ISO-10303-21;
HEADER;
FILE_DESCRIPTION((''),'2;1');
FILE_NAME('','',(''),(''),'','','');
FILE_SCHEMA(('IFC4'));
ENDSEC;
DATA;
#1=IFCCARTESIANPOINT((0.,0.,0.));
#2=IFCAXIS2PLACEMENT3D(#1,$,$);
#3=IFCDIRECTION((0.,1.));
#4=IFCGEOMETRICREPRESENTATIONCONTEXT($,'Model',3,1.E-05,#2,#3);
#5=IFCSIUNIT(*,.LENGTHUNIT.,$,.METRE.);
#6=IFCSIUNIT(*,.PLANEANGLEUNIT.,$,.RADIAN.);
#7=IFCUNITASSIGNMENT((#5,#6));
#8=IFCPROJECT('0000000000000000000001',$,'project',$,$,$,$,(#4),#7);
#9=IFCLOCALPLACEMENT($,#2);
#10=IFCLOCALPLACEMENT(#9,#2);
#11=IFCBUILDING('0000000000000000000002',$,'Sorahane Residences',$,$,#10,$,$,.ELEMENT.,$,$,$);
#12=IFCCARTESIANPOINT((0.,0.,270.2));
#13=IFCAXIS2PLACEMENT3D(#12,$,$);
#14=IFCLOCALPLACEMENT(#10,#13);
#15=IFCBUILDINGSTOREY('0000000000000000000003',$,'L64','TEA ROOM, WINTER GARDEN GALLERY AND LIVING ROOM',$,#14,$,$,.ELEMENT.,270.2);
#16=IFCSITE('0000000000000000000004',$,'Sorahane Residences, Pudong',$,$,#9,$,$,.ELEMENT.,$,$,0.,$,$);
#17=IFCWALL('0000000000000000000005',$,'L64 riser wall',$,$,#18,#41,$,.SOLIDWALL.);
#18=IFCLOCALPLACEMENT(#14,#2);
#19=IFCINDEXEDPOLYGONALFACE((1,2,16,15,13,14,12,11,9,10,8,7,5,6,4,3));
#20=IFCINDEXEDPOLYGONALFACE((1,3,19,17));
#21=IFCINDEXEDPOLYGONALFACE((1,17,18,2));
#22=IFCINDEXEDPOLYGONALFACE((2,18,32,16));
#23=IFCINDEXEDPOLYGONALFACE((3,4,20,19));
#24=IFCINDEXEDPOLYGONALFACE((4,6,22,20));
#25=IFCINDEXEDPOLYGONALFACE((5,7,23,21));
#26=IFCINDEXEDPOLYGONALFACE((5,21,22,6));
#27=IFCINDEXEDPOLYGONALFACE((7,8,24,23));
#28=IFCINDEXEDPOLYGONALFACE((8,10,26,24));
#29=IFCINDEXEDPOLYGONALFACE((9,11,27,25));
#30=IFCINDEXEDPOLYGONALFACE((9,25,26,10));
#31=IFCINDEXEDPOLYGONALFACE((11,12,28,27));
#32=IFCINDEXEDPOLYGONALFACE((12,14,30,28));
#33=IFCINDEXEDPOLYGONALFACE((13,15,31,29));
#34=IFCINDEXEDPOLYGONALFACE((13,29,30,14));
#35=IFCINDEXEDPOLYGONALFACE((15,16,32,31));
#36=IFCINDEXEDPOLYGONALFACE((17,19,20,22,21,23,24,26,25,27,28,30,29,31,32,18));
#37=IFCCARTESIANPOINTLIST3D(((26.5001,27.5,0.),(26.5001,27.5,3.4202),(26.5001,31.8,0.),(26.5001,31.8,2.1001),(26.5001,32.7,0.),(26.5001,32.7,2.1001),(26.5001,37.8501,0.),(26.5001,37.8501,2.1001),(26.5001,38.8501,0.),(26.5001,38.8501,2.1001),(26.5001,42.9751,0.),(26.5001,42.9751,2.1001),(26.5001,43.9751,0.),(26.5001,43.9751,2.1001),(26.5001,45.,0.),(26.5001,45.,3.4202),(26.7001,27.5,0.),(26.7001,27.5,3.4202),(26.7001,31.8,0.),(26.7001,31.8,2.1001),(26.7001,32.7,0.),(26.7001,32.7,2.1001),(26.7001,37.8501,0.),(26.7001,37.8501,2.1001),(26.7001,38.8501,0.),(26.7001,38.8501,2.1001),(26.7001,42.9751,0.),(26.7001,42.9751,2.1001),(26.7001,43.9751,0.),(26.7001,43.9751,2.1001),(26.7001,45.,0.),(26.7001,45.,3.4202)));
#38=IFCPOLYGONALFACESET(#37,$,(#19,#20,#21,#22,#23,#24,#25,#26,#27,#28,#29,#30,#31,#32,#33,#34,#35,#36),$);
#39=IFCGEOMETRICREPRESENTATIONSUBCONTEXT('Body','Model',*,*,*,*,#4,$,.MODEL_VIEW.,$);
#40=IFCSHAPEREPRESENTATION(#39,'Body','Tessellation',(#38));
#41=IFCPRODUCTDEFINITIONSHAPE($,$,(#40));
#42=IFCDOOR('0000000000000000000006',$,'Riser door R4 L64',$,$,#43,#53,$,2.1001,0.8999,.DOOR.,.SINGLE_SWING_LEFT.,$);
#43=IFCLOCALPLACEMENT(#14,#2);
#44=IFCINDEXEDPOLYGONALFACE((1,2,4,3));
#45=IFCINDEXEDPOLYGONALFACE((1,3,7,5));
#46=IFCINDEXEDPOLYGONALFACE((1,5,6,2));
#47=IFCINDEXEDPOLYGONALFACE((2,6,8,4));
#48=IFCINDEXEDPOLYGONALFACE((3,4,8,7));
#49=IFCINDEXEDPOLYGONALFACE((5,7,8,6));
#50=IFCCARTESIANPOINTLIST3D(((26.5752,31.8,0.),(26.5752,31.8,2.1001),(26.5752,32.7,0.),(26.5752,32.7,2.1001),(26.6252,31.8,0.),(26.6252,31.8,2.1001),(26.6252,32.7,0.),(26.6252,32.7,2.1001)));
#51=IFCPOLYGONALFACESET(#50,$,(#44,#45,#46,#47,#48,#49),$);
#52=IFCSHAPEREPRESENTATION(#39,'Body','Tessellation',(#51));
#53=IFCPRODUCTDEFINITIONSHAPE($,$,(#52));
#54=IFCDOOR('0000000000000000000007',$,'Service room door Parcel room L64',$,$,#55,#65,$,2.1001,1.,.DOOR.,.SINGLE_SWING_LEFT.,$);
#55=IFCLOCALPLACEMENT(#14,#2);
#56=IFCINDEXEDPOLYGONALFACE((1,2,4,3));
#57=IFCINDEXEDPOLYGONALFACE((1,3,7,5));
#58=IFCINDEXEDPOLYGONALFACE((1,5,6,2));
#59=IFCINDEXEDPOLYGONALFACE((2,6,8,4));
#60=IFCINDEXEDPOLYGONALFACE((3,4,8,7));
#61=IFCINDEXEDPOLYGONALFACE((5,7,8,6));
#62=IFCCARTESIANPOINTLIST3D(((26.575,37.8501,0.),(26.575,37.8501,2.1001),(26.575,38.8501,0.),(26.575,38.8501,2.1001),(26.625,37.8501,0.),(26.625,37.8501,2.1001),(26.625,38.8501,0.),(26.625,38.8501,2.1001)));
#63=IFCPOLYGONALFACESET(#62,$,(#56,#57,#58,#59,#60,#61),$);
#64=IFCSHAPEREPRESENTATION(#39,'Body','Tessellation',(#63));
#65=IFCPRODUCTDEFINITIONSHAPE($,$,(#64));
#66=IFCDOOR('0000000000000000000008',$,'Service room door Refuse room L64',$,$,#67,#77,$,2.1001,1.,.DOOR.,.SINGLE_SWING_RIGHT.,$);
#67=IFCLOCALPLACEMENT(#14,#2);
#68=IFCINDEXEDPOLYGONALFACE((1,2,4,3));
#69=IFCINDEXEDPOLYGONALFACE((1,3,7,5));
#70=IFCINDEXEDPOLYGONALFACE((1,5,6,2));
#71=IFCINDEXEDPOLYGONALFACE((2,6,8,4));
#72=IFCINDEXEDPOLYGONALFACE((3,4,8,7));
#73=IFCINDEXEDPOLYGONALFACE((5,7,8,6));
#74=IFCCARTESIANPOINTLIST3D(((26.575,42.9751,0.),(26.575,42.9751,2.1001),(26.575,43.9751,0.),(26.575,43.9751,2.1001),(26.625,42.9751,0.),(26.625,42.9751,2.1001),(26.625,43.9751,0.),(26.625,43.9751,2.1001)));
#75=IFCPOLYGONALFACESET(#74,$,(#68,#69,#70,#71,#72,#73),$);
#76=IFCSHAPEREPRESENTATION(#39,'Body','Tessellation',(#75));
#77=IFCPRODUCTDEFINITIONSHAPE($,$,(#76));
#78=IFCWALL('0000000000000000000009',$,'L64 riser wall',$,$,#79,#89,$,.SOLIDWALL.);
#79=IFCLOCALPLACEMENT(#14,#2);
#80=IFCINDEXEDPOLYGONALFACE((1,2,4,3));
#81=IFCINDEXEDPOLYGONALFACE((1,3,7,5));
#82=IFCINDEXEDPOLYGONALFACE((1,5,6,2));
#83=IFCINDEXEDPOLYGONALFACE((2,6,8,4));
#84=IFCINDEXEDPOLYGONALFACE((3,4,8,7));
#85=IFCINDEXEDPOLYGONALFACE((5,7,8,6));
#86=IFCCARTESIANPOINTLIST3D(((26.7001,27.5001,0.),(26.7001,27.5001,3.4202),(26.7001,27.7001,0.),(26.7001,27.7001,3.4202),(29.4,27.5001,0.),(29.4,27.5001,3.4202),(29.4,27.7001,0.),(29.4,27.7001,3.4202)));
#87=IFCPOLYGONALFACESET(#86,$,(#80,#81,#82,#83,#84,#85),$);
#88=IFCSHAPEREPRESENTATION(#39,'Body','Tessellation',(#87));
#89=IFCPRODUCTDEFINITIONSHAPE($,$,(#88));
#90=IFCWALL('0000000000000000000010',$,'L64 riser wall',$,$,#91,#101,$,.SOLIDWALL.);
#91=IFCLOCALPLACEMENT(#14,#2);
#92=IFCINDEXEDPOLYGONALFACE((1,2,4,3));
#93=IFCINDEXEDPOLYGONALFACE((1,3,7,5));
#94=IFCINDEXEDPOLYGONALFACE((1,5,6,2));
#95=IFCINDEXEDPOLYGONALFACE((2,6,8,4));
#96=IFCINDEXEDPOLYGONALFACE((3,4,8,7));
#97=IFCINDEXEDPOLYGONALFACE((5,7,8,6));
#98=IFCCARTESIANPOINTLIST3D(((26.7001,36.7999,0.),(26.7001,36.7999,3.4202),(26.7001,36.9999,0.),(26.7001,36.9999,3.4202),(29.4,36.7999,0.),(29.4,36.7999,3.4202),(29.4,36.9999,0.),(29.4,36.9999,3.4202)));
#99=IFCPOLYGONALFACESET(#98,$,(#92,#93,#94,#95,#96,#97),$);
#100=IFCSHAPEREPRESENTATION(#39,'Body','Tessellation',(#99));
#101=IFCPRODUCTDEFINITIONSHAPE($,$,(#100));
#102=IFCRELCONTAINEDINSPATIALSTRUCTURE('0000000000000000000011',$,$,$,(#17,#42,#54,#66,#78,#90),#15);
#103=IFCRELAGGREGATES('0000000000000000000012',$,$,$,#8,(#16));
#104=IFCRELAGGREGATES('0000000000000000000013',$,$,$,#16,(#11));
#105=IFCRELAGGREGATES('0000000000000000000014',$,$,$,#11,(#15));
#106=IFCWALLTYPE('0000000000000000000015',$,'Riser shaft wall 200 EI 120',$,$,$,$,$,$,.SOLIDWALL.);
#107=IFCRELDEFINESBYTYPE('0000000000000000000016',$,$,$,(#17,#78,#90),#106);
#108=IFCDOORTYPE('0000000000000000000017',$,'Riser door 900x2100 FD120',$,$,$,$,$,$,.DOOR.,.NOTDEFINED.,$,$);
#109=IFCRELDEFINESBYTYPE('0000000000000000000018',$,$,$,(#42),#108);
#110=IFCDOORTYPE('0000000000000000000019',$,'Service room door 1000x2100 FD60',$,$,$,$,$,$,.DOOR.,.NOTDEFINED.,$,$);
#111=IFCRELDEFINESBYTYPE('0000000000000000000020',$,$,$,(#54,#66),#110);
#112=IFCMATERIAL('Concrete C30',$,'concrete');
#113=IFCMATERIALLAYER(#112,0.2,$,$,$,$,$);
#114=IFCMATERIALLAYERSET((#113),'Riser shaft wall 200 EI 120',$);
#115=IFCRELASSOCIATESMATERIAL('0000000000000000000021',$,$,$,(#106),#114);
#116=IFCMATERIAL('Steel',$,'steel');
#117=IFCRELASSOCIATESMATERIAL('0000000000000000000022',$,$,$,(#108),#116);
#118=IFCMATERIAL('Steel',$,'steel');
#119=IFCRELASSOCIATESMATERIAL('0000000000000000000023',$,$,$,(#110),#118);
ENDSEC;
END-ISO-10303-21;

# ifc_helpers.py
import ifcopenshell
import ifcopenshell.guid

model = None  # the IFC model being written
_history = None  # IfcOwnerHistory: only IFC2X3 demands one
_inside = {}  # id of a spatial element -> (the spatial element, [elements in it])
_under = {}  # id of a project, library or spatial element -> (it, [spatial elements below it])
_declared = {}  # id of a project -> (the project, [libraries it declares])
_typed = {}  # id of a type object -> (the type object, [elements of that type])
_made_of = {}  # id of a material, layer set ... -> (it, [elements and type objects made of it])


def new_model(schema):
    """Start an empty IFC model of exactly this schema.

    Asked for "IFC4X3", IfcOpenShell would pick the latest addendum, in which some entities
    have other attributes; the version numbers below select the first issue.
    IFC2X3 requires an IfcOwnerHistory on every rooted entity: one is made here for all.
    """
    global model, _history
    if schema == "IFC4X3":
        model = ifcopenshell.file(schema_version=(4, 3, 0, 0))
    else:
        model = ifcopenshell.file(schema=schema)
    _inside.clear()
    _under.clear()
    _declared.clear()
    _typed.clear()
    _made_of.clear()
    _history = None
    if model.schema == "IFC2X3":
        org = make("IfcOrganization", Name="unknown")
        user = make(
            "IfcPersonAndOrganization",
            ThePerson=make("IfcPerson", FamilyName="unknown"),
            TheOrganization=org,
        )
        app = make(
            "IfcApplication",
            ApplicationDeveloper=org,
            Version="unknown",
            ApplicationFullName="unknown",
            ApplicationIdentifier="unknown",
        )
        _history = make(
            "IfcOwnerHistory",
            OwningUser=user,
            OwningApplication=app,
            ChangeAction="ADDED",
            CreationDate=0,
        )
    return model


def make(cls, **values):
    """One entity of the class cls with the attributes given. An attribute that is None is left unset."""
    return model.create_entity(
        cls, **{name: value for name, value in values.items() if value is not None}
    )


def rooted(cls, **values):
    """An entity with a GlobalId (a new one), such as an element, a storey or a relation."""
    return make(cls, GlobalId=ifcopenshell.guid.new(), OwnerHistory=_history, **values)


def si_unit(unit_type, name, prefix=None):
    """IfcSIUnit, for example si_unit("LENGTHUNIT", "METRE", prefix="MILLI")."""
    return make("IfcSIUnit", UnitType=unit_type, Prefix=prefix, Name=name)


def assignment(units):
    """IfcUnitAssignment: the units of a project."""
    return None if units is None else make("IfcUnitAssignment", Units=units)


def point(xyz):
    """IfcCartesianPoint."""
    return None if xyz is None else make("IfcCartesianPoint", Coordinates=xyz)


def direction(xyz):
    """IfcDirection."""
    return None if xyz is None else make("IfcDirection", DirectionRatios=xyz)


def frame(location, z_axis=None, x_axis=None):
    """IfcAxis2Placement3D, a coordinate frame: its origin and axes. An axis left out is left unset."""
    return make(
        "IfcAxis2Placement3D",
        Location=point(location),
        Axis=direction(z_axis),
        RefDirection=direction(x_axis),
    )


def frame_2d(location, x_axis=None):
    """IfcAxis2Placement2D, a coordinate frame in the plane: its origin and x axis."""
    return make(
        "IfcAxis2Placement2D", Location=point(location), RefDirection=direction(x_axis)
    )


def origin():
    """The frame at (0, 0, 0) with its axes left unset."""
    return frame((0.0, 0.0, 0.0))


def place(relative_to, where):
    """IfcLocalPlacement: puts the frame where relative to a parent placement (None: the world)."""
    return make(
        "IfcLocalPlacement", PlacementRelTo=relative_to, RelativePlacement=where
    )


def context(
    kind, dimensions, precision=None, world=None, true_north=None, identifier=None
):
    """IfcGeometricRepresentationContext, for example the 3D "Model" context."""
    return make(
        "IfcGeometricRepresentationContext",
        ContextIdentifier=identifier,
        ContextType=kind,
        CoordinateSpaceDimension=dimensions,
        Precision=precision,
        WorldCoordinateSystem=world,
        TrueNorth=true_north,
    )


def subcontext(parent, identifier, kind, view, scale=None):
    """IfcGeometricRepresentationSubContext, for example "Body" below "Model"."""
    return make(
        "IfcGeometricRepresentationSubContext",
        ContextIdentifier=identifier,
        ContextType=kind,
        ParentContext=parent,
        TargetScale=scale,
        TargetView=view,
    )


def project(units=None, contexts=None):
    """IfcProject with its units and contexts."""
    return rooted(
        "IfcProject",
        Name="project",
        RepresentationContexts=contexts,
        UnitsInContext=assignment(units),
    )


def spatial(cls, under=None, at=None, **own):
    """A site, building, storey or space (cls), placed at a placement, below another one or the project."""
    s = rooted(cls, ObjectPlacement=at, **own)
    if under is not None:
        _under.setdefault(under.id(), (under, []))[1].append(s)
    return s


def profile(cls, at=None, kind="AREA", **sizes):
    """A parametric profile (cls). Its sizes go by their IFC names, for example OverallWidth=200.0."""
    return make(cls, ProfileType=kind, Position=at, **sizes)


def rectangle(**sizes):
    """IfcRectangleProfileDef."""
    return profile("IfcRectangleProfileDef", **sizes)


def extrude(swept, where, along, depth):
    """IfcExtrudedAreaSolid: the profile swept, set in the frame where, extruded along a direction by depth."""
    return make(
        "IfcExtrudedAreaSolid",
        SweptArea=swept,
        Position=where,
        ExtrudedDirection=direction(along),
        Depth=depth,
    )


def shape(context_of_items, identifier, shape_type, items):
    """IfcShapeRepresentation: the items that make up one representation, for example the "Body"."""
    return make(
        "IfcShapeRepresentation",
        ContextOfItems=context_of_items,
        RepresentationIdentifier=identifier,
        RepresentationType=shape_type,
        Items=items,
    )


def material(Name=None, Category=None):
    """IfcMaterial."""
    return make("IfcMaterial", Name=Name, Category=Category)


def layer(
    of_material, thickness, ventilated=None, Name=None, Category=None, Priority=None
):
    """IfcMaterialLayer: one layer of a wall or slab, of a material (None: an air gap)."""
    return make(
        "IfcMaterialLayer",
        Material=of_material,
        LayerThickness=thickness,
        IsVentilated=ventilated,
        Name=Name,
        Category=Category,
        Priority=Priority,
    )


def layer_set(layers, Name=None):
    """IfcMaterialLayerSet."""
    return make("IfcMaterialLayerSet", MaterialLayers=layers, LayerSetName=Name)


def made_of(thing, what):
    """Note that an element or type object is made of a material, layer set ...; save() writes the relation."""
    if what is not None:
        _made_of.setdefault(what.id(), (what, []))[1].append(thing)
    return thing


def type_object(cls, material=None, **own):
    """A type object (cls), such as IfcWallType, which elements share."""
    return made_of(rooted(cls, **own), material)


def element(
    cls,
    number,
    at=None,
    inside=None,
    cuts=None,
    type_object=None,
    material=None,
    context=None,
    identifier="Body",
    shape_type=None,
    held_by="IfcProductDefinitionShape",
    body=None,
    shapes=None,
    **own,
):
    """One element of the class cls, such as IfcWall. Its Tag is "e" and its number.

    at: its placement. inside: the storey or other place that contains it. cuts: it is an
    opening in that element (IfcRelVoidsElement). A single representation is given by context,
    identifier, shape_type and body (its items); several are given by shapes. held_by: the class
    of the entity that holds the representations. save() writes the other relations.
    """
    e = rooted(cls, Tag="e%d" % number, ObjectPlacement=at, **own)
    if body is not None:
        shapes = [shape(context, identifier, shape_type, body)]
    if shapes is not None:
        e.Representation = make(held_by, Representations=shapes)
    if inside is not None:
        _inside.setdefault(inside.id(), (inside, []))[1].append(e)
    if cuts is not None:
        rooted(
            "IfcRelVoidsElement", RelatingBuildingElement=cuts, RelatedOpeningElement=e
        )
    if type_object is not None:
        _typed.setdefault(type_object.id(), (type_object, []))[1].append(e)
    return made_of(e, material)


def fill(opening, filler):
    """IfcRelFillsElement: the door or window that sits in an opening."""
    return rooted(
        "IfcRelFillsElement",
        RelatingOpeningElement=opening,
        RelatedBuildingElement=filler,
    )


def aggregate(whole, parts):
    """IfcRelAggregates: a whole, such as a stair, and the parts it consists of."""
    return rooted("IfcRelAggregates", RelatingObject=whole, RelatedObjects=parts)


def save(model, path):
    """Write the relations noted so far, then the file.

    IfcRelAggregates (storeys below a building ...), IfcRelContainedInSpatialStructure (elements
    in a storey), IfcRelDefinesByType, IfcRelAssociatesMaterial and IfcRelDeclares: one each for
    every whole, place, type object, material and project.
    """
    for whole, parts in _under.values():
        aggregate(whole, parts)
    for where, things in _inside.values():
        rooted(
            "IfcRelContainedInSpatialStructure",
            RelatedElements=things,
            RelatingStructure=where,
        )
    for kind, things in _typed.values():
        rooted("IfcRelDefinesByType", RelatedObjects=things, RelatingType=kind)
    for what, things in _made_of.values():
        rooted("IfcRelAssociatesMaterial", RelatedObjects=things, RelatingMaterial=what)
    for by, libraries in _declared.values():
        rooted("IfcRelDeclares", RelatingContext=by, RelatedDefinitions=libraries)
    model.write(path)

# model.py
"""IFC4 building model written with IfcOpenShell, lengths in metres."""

from ifc_helpers import new_model, si_unit, direction, frame, frame_2d, origin, place, context, subcontext, project, spatial, rectangle, extrude, material, layer, layer_set, type_object, element, fill, save


model = new_model("IFC4")

# Units and contexts
model_context = context("Model", 3, precision=1e-05, world=origin(), true_north=direction((0.0, 1.0)))
body_context = subcontext(model_context, "Body", "Model", "MODEL_VIEW")
ifc_project = project(units=[si_unit("LENGTHUNIT", "METRE"), si_unit("PLANEANGLEUNIT", "RADIAN")], contexts=[model_context])

# Site, building, storey
site_placement = place(None, origin())
site = spatial("IfcSite", under=ifc_project, at=site_placement, Name="Sorahane Residences, Pudong", CompositionType="ELEMENT", RefElevation=0.0)
building_placement = place(site_placement, origin())
building = spatial("IfcBuilding", under=site, at=building_placement, Name="Sorahane Residences", CompositionType="ELEMENT")
storey_placement = place(building_placement, frame((0.0, 0.0, 270.2)))
storey = spatial("IfcBuildingStorey", under=building, at=storey_placement, Name="L64", Description="TEA ROOM, WINTER GARDEN GALLERY AND LIVING ROOM", CompositionType="ELEMENT", Elevation=270.2)

# Wall, openings, doors
ifc_material_1 = material(Name="Concrete C30", Category="concrete")
ifc_layer_1 = layer(ifc_material_1, 0.2)
ifc_layer_set_1 = layer_set([ifc_layer_1], Name="Riser shaft wall 200 EI 120")
wall_type_1 = type_object("IfcWallType", Name="Riser shaft wall 200 EI 120", PredefinedType="SOLIDWALL", material=ifc_layer_set_1)
wall_1_placement = place(storey_placement, frame((26.6001, 27.5, 0.0), z_axis=(0.0, 0.0, 1.0), x_axis=(0.0, 1.0, 0.0)))
wall_1 = element("IfcWall", 1, at=wall_1_placement, inside=storey, type_object=wall_type_1, Name="L64 riser wall", PredefinedType="SOLIDWALL", context=body_context, shape_type="SweptSolid", body=[
    extrude(rectangle(XDim=17.5, YDim=0.2, at=frame_2d((8.75, 0.0))), origin(), (0.0, 0.0, 1.0), 3.4202),
])
opening_1_placement = place(wall_1_placement, frame((4.3, 0.0, 0.0)))
opening_1 = element("IfcOpeningElement", 2, at=opening_1_placement, cuts=wall_1, PredefinedType="OPENING", context=body_context, shape_type="SweptSolid", body=[
    extrude(rectangle(XDim=0.8999, YDim=2.1001, at=frame_2d((0.45, 1.05))), frame((0.0, 0.1099, 0.0), z_axis=(0.0, -1.0, 0.0), x_axis=(1.0, 0.0, 0.0)), (0.0, 0.0, 1.0), 0.22),
])
opening_2_placement = place(wall_1_placement, frame((10.3501, 0.0, 0.0)))
opening_2 = element("IfcOpeningElement", 3, at=opening_2_placement, cuts=wall_1, PredefinedType="OPENING", context=body_context, shape_type="SweptSolid", body=[
    extrude(rectangle(XDim=1.0, YDim=2.1001, at=frame_2d((0.5, 1.05))), frame((0.0, 0.1099, 0.0), z_axis=(0.0, -1.0, 0.0), x_axis=(1.0, 0.0, 0.0)), (0.0, 0.0, 1.0), 0.22),
])
opening_3_placement = place(wall_1_placement, frame((15.4751, 0.0, 0.0)))
opening_3 = element("IfcOpeningElement", 4, at=opening_3_placement, cuts=wall_1, PredefinedType="OPENING", context=body_context, shape_type="SweptSolid", body=[
    extrude(rectangle(XDim=1.0, YDim=2.1001, at=frame_2d((0.5, 1.05))), frame((0.0, 0.1099, 0.0), z_axis=(0.0, -1.0, 0.0), x_axis=(1.0, 0.0, 0.0)), (0.0, 0.0, 1.0), 0.22),
])
ifc_material_2 = material(Name="Steel", Category="steel")
door_type_1 = type_object("IfcDoorType", Name="Riser door 900x2100 FD120", OperationType="NOTDEFINED", PredefinedType="DOOR", material=ifc_material_2)
door_1_placement = place(opening_1_placement, origin())
door_1 = element("IfcDoor", 5, at=door_1_placement, inside=storey, type_object=door_type_1, Name="Riser door R4 L64", OperationType="SINGLE_SWING_LEFT", OverallHeight=2.1001, OverallWidth=0.8999, PredefinedType="DOOR", context=body_context, shape_type="SweptSolid", body=[
    extrude(rectangle(XDim=0.8999, YDim=2.1001, at=frame_2d((0.45, 1.05))), frame((0.0, 0.0249, 0.0), z_axis=(0.0, -1.0, 0.0), x_axis=(1.0, 0.0, 0.0)), (0.0, 0.0, 1.0), 0.05),
])
fill(opening_1, door_1)
ifc_material_3 = material(Name="Steel", Category="steel")
door_type_2 = type_object("IfcDoorType", Name="Service room door 1000x2100 FD60", OperationType="NOTDEFINED", PredefinedType="DOOR", material=ifc_material_3)
door_2_placement = place(opening_2_placement, frame((1.0, 0.0, 0.0), z_axis=(0.0, 0.0, 1.0), x_axis=(-1.0, 0.0, 0.0)))
door_2 = element("IfcDoor", 6, at=door_2_placement, inside=storey, type_object=door_type_2, Name="Service room door Parcel room L64", OperationType="SINGLE_SWING_LEFT", OverallHeight=2.1001, OverallWidth=1.0, PredefinedType="DOOR", context=body_context, shape_type="SweptSolid", body=[
    extrude(rectangle(XDim=1.0, YDim=2.1001, at=frame_2d((0.5, 1.05))), frame((0.0, 0.0249, 0.0), z_axis=(0.0, -1.0, 0.0), x_axis=(1.0, 0.0, 0.0)), (0.0, 0.0, 1.0), 0.05),
])
fill(opening_2, door_2)
door_3_placement = place(opening_3_placement, frame((1.0, 0.0, 0.0), z_axis=(0.0, 0.0, 1.0), x_axis=(-1.0, 0.0, 0.0)))
door_3 = element("IfcDoor", 7, at=door_3_placement, inside=storey, type_object=door_type_2, Name="Service room door Refuse room L64", OperationType="SINGLE_SWING_RIGHT", OverallHeight=2.1001, OverallWidth=1.0, PredefinedType="DOOR", context=body_context, shape_type="SweptSolid", body=[
    extrude(rectangle(XDim=1.0, YDim=2.1001, at=frame_2d((0.5, 1.05))), frame((0.0, 0.0249, 0.0), z_axis=(0.0, -1.0, 0.0), x_axis=(1.0, 0.0, 0.0)), (0.0, 0.0, 1.0), 0.05),
])
fill(opening_3, door_3)

# Walls
for number, where, z_axis, x_axis, name in (
    (8, (26.7, 27.6001, 0.0), (0.0, 0.0, 1.0), (1.0, 0.0, 0.0), "L64 riser wall"),
    (9, (26.7, 36.8999, 0.0), (0.0, 0.0, 1.0), (1.0, 0.0, 0.0), "L64 riser wall"),
):
    element("IfcWall", number, at=place(storey_placement, frame(where, z_axis=z_axis, x_axis=x_axis)), inside=storey, type_object=wall_type_1, Name=name, PredefinedType="SOLIDWALL", context=body_context, shape_type="SweptSolid", body=[
        extrude(rectangle(XDim=2.7, YDim=0.2, at=frame_2d((1.3501, 0.0))), origin(), (0.0, 0.0, 1.0), 3.4202),
    ])

save(model, "model.ifc")
